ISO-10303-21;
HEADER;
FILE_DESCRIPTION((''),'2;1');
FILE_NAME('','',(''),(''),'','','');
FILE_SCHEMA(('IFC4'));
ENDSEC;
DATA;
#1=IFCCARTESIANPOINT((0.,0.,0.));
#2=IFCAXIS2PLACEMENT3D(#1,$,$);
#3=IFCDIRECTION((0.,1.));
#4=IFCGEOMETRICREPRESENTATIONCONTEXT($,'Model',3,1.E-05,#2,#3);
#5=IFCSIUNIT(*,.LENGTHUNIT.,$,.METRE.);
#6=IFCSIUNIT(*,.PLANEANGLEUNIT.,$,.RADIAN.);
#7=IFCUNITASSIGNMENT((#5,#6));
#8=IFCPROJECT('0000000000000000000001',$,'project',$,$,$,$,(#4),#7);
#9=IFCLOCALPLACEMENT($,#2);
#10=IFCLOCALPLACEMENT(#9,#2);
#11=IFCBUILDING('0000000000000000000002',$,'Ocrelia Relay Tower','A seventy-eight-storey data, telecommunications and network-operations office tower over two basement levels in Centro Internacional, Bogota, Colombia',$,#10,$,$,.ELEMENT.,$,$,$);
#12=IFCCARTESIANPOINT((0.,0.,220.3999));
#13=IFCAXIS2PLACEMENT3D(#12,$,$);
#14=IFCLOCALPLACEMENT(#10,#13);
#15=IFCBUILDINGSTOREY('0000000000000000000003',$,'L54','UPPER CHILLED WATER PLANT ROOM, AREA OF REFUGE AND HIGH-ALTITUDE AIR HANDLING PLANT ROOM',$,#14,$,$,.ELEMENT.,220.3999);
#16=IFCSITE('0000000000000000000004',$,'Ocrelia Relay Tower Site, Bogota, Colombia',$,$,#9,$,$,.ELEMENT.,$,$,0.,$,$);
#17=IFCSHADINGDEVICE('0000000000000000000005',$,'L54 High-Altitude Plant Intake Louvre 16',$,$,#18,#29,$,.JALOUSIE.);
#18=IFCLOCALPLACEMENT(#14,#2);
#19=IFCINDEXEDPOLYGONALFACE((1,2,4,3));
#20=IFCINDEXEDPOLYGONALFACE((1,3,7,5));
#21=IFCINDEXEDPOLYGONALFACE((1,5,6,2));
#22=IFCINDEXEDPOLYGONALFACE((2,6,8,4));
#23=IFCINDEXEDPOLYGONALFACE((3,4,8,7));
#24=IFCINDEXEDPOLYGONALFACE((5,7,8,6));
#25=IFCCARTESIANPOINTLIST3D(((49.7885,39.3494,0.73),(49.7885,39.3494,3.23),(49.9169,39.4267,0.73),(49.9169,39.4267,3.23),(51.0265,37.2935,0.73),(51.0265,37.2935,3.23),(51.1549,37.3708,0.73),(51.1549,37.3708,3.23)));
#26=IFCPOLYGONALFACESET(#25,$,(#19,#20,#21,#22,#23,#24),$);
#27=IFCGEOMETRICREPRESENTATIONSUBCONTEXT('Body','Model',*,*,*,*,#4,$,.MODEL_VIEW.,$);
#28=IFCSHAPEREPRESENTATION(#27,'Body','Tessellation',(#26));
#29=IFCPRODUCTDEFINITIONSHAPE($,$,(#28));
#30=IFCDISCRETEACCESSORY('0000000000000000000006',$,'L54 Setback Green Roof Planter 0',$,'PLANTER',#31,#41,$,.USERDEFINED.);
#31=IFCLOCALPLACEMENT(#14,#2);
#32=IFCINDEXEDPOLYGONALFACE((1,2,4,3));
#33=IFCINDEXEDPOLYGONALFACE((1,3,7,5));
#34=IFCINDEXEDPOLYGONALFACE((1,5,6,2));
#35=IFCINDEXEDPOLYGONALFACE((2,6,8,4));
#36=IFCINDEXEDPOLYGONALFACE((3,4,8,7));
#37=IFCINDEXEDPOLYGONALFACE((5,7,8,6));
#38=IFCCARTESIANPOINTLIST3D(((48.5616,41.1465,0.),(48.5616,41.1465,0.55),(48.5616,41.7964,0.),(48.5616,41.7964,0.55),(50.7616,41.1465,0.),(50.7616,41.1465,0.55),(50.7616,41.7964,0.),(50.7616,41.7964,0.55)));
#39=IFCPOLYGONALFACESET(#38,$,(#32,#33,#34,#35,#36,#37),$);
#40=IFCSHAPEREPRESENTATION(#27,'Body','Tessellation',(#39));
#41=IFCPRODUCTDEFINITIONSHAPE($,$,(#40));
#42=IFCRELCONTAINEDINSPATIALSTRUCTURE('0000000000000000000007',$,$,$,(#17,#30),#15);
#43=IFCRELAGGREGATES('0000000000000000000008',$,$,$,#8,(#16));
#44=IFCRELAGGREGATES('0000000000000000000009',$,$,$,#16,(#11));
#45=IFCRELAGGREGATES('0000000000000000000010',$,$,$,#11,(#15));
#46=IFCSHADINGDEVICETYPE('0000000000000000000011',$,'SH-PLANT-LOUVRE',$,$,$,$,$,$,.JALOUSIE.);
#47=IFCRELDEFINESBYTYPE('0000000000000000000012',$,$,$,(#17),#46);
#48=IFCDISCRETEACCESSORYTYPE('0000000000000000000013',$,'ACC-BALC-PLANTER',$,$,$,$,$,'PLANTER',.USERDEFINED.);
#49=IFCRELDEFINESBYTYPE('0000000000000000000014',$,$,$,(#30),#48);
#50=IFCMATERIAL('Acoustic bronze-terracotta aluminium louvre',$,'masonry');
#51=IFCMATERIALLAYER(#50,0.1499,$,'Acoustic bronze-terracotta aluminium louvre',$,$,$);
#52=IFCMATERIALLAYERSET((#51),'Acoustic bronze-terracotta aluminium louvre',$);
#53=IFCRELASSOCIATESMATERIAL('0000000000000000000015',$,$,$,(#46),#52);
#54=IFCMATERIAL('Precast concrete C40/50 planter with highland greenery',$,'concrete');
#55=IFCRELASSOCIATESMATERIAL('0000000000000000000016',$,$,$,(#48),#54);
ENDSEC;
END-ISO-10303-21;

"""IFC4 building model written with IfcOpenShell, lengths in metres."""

from ifc_helpers import new_model, si_unit, direction, frame, origin, origin_2d, place, context, subcontext, project, spatial, rectangle, extrude, material, layer, layer_set, type_object, element, save


model = new_model("IFC4")

# Units and contexts
model_context = context("Model", 3, precision=1e-05, world=origin(), true_north=direction((0.0, 1.0)))
body_context = subcontext(model_context, "Body", "Model", "MODEL_VIEW")
ifc_project = project(units=[si_unit("LENGTHUNIT", "METRE"), si_unit("PLANEANGLEUNIT", "RADIAN")], contexts=[model_context])

# Site, building, storey
site_placement = place(None, origin())
site = spatial("IfcSite", under=ifc_project, at=site_placement, Name="Ocrelia Relay Tower Site, Bogota, Colombia", CompositionType="ELEMENT", RefElevation=0.0)
building_placement = place(site_placement, origin())
building = spatial("IfcBuilding", under=site, at=building_placement, Name="Ocrelia Relay Tower", Description="A seventy-eight-storey data, telecommunications and network-operations office tower over two basement levels in Centro Internacional, Bogota, Colombia", CompositionType="ELEMENT")
storey_placement = place(building_placement, frame((0.0, 0.0, 220.3999)))
storey = spatial("IfcBuildingStorey", under=building, at=storey_placement, Name="L54", Description="UPPER CHILLED WATER PLANT ROOM, AREA OF REFUGE AND HIGH-ALTITUDE AIR HANDLING PLANT ROOM", CompositionType="ELEMENT", Elevation=220.3999)

# Shading device
ifc_material_1 = material(Name="Acoustic bronze-terracotta aluminium louvre", Category="masonry")
ifc_layer_1 = layer(ifc_material_1, 0.1499, Name="Acoustic bronze-terracotta aluminium louvre")
ifc_layer_set_1 = layer_set([ifc_layer_1], Name="Acoustic bronze-terracotta aluminium louvre")
shading_device_type = type_object("IfcShadingDeviceType", Name="SH-PLANT-LOUVRE", PredefinedType="JALOUSIE", material=ifc_layer_set_1)
shading_device_placement = place(storey_placement, frame((50.4717, 38.3601, 0.73), z_axis=(0.0, 0.0, 1.0), x_axis=(-0.515872, 0.856666, 0.0)))
element("IfcShadingDevice", 1, at=shading_device_placement, inside=storey, type_object=shading_device_type, Name="L54 High-Altitude Plant Intake Louvre 16", PredefinedType="JALOUSIE", context=body_context, shape_type="SweptSolid", body=[
    extrude(rectangle(XDim=2.3999, YDim=0.1499, at=origin_2d()), origin(), (0.0, 0.0, 1.0), 2.5),
])

# Discrete accessory
ifc_material_2 = material(Name="Precast concrete C40/50 planter with highland greenery", Category="concrete")
discrete_accessory_type = type_object("IfcDiscreteAccessoryType", Name="ACC-BALC-PLANTER", ElementType="PLANTER", PredefinedType="USERDEFINED", material=ifc_material_2)
discrete_accessory_placement = place(storey_placement, frame((49.6616, 41.4714, 0.0), z_axis=(0.0, 0.0, 1.0), x_axis=(1.0, 0.0, 0.0)))
element("IfcDiscreteAccessory", 2, at=discrete_accessory_placement, inside=storey, type_object=discrete_accessory_type, Name="L54 Setback Green Roof Planter 0", ObjectType="PLANTER", PredefinedType="USERDEFINED", context=body_context, shape_type="SweptSolid", body=[
    extrude(rectangle(XDim=2.2, YDim=0.6499, at=origin_2d()), origin(), (0.0, 0.0, 1.0), 0.55),
])

save(model, "model.ifc")
